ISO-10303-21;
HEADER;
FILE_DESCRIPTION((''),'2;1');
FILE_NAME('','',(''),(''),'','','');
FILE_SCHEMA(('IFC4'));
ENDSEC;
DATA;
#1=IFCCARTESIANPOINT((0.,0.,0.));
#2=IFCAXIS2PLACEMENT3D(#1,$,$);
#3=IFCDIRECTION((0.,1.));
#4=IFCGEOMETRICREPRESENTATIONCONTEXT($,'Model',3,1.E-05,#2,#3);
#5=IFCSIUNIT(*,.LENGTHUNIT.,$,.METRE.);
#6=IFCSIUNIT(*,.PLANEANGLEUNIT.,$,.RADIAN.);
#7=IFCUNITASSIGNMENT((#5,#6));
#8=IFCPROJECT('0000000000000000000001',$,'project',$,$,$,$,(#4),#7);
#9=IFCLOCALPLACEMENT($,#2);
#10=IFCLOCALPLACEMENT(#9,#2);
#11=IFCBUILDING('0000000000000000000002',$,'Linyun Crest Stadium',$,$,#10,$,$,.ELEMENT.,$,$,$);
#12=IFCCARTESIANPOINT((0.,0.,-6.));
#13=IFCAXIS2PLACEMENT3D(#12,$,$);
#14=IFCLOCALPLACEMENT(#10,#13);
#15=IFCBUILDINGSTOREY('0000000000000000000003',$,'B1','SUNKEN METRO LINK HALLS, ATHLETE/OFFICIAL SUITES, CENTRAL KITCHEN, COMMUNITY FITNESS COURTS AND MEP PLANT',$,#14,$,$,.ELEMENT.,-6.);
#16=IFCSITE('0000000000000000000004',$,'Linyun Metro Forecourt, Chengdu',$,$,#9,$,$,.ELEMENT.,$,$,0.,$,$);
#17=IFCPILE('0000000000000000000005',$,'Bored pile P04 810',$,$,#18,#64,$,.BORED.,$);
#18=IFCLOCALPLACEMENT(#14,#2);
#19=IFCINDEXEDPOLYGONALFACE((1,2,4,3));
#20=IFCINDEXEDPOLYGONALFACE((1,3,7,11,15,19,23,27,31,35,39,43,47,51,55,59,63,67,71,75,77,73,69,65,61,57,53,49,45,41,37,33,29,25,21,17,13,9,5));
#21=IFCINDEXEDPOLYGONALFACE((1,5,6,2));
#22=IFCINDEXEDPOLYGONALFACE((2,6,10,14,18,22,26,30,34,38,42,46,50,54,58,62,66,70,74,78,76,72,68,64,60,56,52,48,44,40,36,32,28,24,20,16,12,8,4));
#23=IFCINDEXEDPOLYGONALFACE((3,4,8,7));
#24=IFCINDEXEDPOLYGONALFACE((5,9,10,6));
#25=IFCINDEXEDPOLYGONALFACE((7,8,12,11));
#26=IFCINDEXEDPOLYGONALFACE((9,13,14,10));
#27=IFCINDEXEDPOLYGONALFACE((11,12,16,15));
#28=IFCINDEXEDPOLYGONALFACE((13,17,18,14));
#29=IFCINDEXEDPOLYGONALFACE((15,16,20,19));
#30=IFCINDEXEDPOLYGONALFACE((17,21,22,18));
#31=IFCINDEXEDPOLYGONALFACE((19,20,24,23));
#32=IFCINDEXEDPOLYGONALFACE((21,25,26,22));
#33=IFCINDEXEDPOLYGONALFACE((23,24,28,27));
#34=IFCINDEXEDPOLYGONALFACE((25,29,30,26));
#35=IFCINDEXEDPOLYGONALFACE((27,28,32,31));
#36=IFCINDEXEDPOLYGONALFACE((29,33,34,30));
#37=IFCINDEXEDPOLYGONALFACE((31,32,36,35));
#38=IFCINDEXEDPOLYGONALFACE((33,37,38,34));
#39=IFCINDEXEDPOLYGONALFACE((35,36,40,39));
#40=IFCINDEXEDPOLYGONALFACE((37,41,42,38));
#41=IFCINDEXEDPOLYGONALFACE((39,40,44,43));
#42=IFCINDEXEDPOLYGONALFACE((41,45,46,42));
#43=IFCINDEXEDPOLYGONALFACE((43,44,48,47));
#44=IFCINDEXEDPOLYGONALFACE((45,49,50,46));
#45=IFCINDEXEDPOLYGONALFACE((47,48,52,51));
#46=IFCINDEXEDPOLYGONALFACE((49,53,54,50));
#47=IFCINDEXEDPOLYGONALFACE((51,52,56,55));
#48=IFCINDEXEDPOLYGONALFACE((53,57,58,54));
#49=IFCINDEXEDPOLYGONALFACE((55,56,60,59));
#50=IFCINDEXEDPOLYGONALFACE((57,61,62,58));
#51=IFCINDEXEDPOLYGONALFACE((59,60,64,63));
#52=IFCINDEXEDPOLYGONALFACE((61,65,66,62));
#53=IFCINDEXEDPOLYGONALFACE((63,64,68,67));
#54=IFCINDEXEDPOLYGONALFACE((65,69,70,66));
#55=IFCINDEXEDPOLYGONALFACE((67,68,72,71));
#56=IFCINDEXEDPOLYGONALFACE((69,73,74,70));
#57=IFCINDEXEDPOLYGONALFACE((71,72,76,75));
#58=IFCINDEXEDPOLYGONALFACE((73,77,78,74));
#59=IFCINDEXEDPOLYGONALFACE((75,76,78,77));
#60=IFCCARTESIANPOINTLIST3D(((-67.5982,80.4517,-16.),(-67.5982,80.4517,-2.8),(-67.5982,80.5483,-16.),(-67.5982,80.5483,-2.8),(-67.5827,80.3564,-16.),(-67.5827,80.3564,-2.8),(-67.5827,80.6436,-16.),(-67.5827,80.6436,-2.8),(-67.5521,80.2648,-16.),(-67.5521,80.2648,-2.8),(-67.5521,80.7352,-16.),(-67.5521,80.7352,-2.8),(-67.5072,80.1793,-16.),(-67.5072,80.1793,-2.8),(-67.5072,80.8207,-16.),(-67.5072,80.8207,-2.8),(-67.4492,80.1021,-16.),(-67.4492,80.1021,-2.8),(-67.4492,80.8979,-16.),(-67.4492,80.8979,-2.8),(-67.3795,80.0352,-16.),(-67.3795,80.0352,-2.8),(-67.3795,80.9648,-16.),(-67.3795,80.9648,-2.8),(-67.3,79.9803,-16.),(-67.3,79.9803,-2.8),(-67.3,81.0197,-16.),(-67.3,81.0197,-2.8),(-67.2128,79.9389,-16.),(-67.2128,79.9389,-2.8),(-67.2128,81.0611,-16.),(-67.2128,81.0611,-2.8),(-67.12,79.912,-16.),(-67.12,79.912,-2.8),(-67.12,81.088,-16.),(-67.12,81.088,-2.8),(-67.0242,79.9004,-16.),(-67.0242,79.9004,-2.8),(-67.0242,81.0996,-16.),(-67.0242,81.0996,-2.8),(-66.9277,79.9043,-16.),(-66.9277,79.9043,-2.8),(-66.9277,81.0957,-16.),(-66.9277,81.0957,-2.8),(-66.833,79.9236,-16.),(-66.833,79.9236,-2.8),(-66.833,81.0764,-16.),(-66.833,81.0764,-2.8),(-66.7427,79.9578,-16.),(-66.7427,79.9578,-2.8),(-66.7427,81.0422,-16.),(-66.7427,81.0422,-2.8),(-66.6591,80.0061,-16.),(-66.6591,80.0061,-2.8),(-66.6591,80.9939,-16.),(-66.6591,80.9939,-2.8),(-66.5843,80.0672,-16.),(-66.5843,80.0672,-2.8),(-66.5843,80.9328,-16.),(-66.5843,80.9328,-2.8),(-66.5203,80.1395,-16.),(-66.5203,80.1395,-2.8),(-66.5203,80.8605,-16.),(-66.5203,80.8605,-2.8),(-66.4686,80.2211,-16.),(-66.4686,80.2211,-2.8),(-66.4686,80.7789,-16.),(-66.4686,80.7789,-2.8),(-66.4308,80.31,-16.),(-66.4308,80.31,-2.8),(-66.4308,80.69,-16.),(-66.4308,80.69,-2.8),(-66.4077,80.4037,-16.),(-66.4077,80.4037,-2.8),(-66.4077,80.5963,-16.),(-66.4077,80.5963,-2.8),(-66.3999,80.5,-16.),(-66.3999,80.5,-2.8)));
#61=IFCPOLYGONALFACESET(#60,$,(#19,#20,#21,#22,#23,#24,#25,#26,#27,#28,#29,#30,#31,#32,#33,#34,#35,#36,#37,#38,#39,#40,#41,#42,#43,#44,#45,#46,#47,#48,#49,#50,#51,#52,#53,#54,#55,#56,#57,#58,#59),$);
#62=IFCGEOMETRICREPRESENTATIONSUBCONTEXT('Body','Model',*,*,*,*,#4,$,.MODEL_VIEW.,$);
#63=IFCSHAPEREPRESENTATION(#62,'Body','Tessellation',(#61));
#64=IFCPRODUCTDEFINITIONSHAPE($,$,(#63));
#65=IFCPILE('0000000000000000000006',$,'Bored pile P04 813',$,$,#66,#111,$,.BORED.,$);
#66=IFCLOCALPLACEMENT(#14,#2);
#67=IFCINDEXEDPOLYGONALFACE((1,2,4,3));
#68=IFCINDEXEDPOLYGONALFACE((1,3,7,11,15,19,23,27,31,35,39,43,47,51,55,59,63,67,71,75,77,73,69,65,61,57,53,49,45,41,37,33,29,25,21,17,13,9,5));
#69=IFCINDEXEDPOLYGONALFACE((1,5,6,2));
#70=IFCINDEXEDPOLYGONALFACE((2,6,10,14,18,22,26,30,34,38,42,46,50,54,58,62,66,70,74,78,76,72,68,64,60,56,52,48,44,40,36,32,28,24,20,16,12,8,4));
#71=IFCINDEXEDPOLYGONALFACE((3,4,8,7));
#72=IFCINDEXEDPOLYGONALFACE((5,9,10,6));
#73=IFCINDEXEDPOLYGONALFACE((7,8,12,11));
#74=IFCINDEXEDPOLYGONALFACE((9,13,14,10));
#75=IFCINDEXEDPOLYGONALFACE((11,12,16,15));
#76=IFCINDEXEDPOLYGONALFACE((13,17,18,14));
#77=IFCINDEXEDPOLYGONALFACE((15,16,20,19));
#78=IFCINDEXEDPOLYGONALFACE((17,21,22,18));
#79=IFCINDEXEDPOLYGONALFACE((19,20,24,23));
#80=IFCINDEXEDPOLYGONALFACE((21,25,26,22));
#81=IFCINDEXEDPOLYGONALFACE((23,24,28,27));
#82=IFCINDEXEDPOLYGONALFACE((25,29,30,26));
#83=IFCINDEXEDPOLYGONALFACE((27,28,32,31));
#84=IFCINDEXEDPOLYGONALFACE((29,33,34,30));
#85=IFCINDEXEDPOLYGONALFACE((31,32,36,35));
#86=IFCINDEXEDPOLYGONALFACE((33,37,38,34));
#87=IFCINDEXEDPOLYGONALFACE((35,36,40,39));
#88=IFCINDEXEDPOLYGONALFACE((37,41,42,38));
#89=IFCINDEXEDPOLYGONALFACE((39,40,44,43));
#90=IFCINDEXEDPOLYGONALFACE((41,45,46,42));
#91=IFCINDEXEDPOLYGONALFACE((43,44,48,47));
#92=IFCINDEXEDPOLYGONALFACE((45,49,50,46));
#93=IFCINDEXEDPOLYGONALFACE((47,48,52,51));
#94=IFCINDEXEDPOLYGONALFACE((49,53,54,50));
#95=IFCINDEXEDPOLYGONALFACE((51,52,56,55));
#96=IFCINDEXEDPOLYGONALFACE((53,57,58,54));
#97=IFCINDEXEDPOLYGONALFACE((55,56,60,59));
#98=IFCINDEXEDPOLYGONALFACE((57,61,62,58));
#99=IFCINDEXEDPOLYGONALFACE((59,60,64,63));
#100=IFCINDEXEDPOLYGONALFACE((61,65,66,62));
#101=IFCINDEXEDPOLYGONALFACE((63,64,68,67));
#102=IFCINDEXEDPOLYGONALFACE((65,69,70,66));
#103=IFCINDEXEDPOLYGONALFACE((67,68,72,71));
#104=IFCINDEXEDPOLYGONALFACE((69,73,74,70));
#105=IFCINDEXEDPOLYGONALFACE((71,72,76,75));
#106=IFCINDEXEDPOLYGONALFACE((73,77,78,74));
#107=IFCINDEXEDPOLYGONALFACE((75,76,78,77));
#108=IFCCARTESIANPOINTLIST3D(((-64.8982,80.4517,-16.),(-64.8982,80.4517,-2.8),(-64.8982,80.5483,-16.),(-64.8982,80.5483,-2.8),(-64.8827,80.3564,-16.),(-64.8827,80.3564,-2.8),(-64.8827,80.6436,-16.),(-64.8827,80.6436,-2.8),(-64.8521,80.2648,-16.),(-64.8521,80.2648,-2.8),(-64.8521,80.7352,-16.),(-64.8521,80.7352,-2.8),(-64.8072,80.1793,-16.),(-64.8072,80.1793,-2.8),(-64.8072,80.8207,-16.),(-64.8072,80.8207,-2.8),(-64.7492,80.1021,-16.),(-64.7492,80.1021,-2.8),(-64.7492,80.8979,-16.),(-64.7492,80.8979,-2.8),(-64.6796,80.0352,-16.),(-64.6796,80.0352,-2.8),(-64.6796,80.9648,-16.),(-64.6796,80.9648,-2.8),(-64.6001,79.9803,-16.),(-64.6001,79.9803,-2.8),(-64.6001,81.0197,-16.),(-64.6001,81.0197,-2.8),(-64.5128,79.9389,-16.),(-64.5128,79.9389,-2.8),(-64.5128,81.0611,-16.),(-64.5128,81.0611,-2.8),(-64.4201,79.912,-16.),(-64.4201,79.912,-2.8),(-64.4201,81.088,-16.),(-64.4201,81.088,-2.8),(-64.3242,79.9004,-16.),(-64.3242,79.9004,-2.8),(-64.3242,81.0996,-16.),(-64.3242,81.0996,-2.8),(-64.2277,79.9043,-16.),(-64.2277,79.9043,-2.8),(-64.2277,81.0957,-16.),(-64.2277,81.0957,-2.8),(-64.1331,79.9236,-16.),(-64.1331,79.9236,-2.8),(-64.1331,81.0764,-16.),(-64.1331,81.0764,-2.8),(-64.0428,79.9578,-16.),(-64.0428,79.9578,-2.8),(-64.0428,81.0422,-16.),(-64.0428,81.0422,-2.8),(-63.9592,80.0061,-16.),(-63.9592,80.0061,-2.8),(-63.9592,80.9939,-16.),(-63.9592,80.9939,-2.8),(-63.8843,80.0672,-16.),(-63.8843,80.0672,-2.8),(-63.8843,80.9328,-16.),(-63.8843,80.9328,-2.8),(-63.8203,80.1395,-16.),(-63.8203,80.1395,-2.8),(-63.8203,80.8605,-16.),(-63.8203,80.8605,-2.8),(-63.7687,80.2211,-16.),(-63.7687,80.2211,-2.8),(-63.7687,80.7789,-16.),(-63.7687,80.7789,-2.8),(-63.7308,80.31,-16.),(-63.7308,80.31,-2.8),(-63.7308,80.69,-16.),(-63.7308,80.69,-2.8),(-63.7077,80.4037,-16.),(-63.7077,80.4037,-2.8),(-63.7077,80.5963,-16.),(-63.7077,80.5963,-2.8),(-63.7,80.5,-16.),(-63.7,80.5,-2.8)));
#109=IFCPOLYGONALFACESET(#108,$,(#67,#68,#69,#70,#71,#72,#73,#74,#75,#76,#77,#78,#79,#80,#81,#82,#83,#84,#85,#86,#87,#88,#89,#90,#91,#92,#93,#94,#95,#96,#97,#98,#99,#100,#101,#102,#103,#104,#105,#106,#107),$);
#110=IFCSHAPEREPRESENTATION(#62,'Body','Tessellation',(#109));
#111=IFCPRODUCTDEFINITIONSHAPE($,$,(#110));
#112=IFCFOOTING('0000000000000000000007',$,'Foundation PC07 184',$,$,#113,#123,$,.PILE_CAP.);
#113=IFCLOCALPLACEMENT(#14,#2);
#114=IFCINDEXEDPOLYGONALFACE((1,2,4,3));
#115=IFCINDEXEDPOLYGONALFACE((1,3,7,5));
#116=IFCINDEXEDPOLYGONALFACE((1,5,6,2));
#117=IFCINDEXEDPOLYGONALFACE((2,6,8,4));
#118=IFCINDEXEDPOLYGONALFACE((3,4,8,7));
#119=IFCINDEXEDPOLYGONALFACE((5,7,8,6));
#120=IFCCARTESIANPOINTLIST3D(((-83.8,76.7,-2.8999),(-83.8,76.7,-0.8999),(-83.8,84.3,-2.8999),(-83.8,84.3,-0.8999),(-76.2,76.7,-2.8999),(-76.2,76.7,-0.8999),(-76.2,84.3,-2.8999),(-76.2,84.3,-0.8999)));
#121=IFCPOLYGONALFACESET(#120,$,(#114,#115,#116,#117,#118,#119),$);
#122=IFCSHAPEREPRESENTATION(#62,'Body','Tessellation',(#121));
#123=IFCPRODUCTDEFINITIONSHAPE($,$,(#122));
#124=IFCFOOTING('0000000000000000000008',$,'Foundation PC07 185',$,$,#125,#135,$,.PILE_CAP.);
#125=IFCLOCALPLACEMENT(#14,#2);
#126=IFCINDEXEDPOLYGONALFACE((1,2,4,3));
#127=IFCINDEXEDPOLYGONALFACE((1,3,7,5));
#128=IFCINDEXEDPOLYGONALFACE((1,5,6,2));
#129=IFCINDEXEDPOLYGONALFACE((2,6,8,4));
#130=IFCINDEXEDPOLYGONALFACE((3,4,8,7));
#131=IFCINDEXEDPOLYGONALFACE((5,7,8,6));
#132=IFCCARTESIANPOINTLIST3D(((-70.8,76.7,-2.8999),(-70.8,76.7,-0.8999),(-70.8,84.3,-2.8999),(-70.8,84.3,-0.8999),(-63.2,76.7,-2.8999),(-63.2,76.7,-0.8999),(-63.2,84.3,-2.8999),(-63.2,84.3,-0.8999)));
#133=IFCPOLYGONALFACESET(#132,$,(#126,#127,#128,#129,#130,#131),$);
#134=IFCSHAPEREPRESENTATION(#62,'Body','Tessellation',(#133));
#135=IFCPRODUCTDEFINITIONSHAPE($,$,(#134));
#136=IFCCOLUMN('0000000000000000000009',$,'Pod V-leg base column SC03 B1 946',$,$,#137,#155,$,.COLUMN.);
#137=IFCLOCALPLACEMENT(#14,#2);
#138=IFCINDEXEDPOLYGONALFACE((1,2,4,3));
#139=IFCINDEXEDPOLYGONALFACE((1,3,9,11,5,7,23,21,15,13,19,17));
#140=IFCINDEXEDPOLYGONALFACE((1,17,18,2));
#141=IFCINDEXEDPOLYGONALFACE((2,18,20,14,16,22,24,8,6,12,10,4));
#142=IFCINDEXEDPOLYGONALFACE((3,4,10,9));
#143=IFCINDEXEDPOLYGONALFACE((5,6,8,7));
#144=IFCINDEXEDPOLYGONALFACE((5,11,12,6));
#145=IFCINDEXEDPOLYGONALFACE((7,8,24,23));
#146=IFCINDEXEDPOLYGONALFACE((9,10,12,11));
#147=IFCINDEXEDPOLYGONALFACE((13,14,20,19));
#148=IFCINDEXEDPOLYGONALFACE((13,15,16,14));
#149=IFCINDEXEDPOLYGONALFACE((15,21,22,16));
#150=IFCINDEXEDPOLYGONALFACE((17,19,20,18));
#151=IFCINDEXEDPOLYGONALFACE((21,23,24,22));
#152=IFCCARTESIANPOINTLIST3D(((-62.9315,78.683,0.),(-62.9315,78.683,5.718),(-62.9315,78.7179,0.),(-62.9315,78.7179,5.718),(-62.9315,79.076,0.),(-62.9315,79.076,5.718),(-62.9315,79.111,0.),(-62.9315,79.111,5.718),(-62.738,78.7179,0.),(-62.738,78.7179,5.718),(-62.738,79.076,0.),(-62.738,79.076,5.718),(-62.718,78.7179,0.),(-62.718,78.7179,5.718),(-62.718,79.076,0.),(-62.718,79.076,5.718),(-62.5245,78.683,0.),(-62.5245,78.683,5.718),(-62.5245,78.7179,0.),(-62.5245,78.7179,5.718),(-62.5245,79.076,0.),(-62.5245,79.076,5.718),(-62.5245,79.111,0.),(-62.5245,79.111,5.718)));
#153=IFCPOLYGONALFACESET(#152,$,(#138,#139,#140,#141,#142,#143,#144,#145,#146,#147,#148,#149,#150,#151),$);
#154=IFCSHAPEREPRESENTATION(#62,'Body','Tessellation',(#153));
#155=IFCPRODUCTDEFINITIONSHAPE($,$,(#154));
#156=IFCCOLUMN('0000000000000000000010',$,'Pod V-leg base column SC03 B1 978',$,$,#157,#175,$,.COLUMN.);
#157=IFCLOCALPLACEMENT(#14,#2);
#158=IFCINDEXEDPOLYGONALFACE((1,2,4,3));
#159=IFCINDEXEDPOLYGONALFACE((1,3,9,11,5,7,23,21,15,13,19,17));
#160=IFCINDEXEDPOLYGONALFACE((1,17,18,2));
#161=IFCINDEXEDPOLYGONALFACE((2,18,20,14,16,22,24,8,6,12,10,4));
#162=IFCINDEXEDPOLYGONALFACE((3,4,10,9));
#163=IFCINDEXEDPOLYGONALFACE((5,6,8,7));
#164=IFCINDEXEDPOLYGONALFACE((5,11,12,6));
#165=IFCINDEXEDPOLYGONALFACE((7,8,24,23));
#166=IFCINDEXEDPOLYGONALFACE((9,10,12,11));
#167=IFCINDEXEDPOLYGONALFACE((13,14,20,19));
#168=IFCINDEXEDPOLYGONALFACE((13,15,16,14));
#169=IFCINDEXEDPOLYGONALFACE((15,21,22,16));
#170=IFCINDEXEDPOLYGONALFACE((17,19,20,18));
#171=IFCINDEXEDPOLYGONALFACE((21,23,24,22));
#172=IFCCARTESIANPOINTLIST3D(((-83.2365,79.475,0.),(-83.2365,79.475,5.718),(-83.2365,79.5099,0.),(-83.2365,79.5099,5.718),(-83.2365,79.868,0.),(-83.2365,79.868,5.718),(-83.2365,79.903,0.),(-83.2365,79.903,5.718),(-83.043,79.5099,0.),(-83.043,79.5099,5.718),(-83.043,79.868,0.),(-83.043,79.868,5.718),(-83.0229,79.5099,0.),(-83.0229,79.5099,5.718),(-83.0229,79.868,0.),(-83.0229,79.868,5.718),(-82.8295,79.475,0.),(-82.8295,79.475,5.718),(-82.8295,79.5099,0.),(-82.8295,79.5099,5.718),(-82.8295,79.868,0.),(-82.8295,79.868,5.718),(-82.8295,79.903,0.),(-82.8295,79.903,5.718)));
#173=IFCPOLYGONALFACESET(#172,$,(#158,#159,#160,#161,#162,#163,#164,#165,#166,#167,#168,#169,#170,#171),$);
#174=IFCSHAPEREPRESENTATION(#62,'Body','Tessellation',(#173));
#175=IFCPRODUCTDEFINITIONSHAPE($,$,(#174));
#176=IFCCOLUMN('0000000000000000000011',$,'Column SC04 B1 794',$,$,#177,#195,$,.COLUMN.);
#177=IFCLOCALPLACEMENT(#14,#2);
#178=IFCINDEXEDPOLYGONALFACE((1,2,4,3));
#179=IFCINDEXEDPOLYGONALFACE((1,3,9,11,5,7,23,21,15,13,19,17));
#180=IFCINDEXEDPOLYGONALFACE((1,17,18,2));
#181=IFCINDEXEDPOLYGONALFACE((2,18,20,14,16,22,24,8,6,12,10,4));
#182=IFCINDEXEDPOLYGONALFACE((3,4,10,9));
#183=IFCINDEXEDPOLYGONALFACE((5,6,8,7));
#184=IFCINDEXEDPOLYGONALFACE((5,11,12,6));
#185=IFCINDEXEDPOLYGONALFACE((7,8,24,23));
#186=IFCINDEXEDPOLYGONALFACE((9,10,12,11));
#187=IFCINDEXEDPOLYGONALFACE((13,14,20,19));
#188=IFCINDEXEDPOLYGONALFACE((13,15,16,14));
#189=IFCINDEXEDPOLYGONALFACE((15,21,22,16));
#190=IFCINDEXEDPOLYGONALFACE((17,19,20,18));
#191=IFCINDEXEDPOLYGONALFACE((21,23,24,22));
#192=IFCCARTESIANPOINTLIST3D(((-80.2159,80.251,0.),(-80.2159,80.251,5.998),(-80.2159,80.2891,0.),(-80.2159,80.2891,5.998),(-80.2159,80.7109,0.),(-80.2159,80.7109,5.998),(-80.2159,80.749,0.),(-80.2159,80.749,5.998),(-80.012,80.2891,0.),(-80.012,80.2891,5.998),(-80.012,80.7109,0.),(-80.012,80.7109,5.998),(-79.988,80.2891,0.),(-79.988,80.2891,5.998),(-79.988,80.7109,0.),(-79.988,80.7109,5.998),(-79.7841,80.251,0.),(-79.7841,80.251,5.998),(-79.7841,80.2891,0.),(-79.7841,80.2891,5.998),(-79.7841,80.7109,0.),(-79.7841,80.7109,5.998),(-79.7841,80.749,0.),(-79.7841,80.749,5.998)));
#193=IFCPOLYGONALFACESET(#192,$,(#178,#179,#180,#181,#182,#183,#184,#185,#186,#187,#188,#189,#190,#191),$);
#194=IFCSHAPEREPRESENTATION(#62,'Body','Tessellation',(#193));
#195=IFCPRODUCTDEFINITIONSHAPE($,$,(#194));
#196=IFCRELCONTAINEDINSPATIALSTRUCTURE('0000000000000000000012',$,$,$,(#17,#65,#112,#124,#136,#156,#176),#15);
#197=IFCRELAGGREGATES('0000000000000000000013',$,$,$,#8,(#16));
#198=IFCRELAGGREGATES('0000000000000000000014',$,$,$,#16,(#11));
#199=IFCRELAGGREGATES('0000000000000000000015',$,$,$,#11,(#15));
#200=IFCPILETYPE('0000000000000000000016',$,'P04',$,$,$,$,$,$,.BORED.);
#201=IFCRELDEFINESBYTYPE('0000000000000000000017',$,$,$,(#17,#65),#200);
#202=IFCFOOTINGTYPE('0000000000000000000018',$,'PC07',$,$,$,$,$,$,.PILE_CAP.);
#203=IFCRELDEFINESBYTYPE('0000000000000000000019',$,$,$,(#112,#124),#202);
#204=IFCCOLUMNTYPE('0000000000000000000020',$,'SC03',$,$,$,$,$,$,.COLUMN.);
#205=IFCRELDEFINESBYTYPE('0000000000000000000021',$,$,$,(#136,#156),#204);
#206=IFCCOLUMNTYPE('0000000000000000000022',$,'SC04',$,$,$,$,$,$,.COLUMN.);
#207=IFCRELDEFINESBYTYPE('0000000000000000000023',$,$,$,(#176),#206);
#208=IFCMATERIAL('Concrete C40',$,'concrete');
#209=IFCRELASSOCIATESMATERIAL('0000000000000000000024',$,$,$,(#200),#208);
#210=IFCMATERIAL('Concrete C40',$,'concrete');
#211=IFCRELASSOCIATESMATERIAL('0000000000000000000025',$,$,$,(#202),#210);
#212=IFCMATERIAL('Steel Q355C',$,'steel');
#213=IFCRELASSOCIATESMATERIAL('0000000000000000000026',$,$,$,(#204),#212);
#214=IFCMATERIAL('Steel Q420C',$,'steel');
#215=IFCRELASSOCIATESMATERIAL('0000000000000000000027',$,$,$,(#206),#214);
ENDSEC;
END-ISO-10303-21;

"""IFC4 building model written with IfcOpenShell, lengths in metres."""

from ifc_helpers import new_model, si_unit, direction, frame, origin, origin_2d, place, context, subcontext, project, spatial, rectangle, circle, i_section, extrude, material, material_profile, profile_set, type_object, element, save


model = new_model("IFC4")

# Units and contexts
model_context = context("Model", 3, precision=1e-05, world=origin(), true_north=direction((0.0, 1.0)))
body_context = subcontext(model_context, "Body", "Model", "MODEL_VIEW")
ifc_project = project(units=[si_unit("LENGTHUNIT", "METRE"), si_unit("PLANEANGLEUNIT", "RADIAN")], contexts=[model_context])

# Site, building, storey
site_placement = place(None, origin())
site = spatial("IfcSite", under=ifc_project, at=site_placement, Name="Linyun Metro Forecourt, Chengdu", CompositionType="ELEMENT", RefElevation=0.0)
building_placement = place(site_placement, origin())
building = spatial("IfcBuilding", under=site, at=building_placement, Name="Linyun Crest Stadium", CompositionType="ELEMENT")
storey_placement = place(building_placement, frame((0.0, 0.0, -6.0)))
storey = spatial("IfcBuildingStorey", under=building, at=storey_placement, Name="B1", Description="SUNKEN METRO LINK HALLS, ATHLETE/OFFICIAL SUITES, CENTRAL KITCHEN, COMMUNITY FITNESS COURTS AND MEP PLANT", CompositionType="ELEMENT", Elevation=-6.0)

# Piles
ifc_material_1 = material(Name="Concrete C40", Category="concrete")
ifc_material_profile_1 = material_profile(ifc_material_1, circle(Radius=0.6001, at=origin_2d()), Name="BORED PILE 1200")
ifc_profile_set_1 = profile_set([ifc_material_profile_1], Name="Concrete C40")
pile_type = type_object("IfcPileType", Name="P04", PredefinedType="BORED", material=ifc_profile_set_1)
for number, where, z_axis, x_axis, name in (
    (1, (-67.0, 80.5, -2.8), (0.0, 0.0, -1.0), (1.0, 0.0, 0.0), "Bored pile P04 810"),
    (2, (-64.3, 80.5, -2.8), (0.0, 0.0, -1.0), (1.0, 0.0, 0.0), "Bored pile P04 813"),
):
    element("IfcPile", number, at=place(storey_placement, frame(where, z_axis=z_axis, x_axis=x_axis)), inside=storey, type_object=pile_type, Name=name, PredefinedType="BORED", context=body_context, shape_type="SweptSolid", body=[
        extrude(circle(Radius=0.6001, at=origin_2d()), origin(), (0.0, 0.0, 1.0), 13.2),
    ])

# Footings
ifc_material_2 = material(Name="Concrete C40", Category="concrete")
footing_type = type_object("IfcFootingType", Name="PC07", PredefinedType="PILE_CAP", material=ifc_material_2)
for number, where, z_axis, x_axis, name in (
    (3, (-80.0, 80.5, -2.8999), (0.0, 0.0, 1.0), (1.0, 0.0, 0.0), "Foundation PC07 184"),
    (4, (-67.0, 80.5, -2.8999), (0.0, 0.0, 1.0), (1.0, 0.0, 0.0), "Foundation PC07 185"),
):
    element("IfcFooting", number, at=place(storey_placement, frame(where, z_axis=z_axis, x_axis=x_axis)), inside=storey, type_object=footing_type, Name=name, PredefinedType="PILE_CAP", context=body_context, shape_type="SweptSolid", body=[
        extrude(rectangle(XDim=7.6001, YDim=7.6001, at=origin_2d()), origin(), (0.0, 0.0, 1.0), 2.0),
    ])

# Columns
ifc_material_3 = material(Name="Steel Q355C", Category="steel")
ifc_material_profile_2 = material_profile(ifc_material_3, i_section(OverallWidth=0.407, OverallDepth=0.428, WebThickness=0.02, FlangeThickness=0.0349, at=origin_2d()), Name="HW 428x407")
ifc_profile_set_2 = profile_set([ifc_material_profile_2], Name="Steel Q355C")
column_type_1 = type_object("IfcColumnType", Name="SC03", PredefinedType="COLUMN", material=ifc_profile_set_2)
for number, where, z_axis, x_axis, name in (
    (5, (-62.728, 78.897, 0.0), (0.0, 0.0, 1.0), (1.0, 0.0, 0.0), "Pod V-leg base column SC03 B1 946"),
    (6, (-83.033, 79.689, 0.0), (0.0, 0.0, 1.0), (1.0, 0.0, 0.0), "Pod V-leg base column SC03 B1 978"),
):
    element("IfcColumn", number, at=place(storey_placement, frame(where, z_axis=z_axis, x_axis=x_axis)), inside=storey, type_object=column_type_1, Name=name, PredefinedType="COLUMN", context=body_context, shape_type="SweptSolid", body=[
        extrude(i_section(OverallWidth=0.407, OverallDepth=0.428, WebThickness=0.02, FlangeThickness=0.0349, at=origin_2d()), origin(), (0.0, 0.0, 1.0), 5.718),
    ])
ifc_material_4 = material(Name="Steel Q420C", Category="steel")
ifc_material_profile_3 = material_profile(ifc_material_4, i_section(OverallWidth=0.4319, OverallDepth=0.498, WebThickness=0.0239, FlangeThickness=0.0381, at=origin_2d()), Name="HW 498x432")
ifc_profile_set_3 = profile_set([ifc_material_profile_3], Name="Steel Q420C")
column_type_2 = type_object("IfcColumnType", Name="SC04", PredefinedType="COLUMN", material=ifc_profile_set_3)
for number, where, z_axis, x_axis, name in (
    (7, (-80.0, 80.5, 0.0), (0.0, 0.0, 1.0), (1.0, 0.0, 0.0), "Column SC04 B1 794"),
):
    element("IfcColumn", number, at=place(storey_placement, frame(where, z_axis=z_axis, x_axis=x_axis)), inside=storey, type_object=column_type_2, Name=name, PredefinedType="COLUMN", context=body_context, shape_type="SweptSolid", body=[
        extrude(i_section(OverallWidth=0.4319, OverallDepth=0.498, WebThickness=0.0239, FlangeThickness=0.0381, at=origin_2d()), origin(), (0.0, 0.0, 1.0), 5.998),
    ])

save(model, "model.ifc")
